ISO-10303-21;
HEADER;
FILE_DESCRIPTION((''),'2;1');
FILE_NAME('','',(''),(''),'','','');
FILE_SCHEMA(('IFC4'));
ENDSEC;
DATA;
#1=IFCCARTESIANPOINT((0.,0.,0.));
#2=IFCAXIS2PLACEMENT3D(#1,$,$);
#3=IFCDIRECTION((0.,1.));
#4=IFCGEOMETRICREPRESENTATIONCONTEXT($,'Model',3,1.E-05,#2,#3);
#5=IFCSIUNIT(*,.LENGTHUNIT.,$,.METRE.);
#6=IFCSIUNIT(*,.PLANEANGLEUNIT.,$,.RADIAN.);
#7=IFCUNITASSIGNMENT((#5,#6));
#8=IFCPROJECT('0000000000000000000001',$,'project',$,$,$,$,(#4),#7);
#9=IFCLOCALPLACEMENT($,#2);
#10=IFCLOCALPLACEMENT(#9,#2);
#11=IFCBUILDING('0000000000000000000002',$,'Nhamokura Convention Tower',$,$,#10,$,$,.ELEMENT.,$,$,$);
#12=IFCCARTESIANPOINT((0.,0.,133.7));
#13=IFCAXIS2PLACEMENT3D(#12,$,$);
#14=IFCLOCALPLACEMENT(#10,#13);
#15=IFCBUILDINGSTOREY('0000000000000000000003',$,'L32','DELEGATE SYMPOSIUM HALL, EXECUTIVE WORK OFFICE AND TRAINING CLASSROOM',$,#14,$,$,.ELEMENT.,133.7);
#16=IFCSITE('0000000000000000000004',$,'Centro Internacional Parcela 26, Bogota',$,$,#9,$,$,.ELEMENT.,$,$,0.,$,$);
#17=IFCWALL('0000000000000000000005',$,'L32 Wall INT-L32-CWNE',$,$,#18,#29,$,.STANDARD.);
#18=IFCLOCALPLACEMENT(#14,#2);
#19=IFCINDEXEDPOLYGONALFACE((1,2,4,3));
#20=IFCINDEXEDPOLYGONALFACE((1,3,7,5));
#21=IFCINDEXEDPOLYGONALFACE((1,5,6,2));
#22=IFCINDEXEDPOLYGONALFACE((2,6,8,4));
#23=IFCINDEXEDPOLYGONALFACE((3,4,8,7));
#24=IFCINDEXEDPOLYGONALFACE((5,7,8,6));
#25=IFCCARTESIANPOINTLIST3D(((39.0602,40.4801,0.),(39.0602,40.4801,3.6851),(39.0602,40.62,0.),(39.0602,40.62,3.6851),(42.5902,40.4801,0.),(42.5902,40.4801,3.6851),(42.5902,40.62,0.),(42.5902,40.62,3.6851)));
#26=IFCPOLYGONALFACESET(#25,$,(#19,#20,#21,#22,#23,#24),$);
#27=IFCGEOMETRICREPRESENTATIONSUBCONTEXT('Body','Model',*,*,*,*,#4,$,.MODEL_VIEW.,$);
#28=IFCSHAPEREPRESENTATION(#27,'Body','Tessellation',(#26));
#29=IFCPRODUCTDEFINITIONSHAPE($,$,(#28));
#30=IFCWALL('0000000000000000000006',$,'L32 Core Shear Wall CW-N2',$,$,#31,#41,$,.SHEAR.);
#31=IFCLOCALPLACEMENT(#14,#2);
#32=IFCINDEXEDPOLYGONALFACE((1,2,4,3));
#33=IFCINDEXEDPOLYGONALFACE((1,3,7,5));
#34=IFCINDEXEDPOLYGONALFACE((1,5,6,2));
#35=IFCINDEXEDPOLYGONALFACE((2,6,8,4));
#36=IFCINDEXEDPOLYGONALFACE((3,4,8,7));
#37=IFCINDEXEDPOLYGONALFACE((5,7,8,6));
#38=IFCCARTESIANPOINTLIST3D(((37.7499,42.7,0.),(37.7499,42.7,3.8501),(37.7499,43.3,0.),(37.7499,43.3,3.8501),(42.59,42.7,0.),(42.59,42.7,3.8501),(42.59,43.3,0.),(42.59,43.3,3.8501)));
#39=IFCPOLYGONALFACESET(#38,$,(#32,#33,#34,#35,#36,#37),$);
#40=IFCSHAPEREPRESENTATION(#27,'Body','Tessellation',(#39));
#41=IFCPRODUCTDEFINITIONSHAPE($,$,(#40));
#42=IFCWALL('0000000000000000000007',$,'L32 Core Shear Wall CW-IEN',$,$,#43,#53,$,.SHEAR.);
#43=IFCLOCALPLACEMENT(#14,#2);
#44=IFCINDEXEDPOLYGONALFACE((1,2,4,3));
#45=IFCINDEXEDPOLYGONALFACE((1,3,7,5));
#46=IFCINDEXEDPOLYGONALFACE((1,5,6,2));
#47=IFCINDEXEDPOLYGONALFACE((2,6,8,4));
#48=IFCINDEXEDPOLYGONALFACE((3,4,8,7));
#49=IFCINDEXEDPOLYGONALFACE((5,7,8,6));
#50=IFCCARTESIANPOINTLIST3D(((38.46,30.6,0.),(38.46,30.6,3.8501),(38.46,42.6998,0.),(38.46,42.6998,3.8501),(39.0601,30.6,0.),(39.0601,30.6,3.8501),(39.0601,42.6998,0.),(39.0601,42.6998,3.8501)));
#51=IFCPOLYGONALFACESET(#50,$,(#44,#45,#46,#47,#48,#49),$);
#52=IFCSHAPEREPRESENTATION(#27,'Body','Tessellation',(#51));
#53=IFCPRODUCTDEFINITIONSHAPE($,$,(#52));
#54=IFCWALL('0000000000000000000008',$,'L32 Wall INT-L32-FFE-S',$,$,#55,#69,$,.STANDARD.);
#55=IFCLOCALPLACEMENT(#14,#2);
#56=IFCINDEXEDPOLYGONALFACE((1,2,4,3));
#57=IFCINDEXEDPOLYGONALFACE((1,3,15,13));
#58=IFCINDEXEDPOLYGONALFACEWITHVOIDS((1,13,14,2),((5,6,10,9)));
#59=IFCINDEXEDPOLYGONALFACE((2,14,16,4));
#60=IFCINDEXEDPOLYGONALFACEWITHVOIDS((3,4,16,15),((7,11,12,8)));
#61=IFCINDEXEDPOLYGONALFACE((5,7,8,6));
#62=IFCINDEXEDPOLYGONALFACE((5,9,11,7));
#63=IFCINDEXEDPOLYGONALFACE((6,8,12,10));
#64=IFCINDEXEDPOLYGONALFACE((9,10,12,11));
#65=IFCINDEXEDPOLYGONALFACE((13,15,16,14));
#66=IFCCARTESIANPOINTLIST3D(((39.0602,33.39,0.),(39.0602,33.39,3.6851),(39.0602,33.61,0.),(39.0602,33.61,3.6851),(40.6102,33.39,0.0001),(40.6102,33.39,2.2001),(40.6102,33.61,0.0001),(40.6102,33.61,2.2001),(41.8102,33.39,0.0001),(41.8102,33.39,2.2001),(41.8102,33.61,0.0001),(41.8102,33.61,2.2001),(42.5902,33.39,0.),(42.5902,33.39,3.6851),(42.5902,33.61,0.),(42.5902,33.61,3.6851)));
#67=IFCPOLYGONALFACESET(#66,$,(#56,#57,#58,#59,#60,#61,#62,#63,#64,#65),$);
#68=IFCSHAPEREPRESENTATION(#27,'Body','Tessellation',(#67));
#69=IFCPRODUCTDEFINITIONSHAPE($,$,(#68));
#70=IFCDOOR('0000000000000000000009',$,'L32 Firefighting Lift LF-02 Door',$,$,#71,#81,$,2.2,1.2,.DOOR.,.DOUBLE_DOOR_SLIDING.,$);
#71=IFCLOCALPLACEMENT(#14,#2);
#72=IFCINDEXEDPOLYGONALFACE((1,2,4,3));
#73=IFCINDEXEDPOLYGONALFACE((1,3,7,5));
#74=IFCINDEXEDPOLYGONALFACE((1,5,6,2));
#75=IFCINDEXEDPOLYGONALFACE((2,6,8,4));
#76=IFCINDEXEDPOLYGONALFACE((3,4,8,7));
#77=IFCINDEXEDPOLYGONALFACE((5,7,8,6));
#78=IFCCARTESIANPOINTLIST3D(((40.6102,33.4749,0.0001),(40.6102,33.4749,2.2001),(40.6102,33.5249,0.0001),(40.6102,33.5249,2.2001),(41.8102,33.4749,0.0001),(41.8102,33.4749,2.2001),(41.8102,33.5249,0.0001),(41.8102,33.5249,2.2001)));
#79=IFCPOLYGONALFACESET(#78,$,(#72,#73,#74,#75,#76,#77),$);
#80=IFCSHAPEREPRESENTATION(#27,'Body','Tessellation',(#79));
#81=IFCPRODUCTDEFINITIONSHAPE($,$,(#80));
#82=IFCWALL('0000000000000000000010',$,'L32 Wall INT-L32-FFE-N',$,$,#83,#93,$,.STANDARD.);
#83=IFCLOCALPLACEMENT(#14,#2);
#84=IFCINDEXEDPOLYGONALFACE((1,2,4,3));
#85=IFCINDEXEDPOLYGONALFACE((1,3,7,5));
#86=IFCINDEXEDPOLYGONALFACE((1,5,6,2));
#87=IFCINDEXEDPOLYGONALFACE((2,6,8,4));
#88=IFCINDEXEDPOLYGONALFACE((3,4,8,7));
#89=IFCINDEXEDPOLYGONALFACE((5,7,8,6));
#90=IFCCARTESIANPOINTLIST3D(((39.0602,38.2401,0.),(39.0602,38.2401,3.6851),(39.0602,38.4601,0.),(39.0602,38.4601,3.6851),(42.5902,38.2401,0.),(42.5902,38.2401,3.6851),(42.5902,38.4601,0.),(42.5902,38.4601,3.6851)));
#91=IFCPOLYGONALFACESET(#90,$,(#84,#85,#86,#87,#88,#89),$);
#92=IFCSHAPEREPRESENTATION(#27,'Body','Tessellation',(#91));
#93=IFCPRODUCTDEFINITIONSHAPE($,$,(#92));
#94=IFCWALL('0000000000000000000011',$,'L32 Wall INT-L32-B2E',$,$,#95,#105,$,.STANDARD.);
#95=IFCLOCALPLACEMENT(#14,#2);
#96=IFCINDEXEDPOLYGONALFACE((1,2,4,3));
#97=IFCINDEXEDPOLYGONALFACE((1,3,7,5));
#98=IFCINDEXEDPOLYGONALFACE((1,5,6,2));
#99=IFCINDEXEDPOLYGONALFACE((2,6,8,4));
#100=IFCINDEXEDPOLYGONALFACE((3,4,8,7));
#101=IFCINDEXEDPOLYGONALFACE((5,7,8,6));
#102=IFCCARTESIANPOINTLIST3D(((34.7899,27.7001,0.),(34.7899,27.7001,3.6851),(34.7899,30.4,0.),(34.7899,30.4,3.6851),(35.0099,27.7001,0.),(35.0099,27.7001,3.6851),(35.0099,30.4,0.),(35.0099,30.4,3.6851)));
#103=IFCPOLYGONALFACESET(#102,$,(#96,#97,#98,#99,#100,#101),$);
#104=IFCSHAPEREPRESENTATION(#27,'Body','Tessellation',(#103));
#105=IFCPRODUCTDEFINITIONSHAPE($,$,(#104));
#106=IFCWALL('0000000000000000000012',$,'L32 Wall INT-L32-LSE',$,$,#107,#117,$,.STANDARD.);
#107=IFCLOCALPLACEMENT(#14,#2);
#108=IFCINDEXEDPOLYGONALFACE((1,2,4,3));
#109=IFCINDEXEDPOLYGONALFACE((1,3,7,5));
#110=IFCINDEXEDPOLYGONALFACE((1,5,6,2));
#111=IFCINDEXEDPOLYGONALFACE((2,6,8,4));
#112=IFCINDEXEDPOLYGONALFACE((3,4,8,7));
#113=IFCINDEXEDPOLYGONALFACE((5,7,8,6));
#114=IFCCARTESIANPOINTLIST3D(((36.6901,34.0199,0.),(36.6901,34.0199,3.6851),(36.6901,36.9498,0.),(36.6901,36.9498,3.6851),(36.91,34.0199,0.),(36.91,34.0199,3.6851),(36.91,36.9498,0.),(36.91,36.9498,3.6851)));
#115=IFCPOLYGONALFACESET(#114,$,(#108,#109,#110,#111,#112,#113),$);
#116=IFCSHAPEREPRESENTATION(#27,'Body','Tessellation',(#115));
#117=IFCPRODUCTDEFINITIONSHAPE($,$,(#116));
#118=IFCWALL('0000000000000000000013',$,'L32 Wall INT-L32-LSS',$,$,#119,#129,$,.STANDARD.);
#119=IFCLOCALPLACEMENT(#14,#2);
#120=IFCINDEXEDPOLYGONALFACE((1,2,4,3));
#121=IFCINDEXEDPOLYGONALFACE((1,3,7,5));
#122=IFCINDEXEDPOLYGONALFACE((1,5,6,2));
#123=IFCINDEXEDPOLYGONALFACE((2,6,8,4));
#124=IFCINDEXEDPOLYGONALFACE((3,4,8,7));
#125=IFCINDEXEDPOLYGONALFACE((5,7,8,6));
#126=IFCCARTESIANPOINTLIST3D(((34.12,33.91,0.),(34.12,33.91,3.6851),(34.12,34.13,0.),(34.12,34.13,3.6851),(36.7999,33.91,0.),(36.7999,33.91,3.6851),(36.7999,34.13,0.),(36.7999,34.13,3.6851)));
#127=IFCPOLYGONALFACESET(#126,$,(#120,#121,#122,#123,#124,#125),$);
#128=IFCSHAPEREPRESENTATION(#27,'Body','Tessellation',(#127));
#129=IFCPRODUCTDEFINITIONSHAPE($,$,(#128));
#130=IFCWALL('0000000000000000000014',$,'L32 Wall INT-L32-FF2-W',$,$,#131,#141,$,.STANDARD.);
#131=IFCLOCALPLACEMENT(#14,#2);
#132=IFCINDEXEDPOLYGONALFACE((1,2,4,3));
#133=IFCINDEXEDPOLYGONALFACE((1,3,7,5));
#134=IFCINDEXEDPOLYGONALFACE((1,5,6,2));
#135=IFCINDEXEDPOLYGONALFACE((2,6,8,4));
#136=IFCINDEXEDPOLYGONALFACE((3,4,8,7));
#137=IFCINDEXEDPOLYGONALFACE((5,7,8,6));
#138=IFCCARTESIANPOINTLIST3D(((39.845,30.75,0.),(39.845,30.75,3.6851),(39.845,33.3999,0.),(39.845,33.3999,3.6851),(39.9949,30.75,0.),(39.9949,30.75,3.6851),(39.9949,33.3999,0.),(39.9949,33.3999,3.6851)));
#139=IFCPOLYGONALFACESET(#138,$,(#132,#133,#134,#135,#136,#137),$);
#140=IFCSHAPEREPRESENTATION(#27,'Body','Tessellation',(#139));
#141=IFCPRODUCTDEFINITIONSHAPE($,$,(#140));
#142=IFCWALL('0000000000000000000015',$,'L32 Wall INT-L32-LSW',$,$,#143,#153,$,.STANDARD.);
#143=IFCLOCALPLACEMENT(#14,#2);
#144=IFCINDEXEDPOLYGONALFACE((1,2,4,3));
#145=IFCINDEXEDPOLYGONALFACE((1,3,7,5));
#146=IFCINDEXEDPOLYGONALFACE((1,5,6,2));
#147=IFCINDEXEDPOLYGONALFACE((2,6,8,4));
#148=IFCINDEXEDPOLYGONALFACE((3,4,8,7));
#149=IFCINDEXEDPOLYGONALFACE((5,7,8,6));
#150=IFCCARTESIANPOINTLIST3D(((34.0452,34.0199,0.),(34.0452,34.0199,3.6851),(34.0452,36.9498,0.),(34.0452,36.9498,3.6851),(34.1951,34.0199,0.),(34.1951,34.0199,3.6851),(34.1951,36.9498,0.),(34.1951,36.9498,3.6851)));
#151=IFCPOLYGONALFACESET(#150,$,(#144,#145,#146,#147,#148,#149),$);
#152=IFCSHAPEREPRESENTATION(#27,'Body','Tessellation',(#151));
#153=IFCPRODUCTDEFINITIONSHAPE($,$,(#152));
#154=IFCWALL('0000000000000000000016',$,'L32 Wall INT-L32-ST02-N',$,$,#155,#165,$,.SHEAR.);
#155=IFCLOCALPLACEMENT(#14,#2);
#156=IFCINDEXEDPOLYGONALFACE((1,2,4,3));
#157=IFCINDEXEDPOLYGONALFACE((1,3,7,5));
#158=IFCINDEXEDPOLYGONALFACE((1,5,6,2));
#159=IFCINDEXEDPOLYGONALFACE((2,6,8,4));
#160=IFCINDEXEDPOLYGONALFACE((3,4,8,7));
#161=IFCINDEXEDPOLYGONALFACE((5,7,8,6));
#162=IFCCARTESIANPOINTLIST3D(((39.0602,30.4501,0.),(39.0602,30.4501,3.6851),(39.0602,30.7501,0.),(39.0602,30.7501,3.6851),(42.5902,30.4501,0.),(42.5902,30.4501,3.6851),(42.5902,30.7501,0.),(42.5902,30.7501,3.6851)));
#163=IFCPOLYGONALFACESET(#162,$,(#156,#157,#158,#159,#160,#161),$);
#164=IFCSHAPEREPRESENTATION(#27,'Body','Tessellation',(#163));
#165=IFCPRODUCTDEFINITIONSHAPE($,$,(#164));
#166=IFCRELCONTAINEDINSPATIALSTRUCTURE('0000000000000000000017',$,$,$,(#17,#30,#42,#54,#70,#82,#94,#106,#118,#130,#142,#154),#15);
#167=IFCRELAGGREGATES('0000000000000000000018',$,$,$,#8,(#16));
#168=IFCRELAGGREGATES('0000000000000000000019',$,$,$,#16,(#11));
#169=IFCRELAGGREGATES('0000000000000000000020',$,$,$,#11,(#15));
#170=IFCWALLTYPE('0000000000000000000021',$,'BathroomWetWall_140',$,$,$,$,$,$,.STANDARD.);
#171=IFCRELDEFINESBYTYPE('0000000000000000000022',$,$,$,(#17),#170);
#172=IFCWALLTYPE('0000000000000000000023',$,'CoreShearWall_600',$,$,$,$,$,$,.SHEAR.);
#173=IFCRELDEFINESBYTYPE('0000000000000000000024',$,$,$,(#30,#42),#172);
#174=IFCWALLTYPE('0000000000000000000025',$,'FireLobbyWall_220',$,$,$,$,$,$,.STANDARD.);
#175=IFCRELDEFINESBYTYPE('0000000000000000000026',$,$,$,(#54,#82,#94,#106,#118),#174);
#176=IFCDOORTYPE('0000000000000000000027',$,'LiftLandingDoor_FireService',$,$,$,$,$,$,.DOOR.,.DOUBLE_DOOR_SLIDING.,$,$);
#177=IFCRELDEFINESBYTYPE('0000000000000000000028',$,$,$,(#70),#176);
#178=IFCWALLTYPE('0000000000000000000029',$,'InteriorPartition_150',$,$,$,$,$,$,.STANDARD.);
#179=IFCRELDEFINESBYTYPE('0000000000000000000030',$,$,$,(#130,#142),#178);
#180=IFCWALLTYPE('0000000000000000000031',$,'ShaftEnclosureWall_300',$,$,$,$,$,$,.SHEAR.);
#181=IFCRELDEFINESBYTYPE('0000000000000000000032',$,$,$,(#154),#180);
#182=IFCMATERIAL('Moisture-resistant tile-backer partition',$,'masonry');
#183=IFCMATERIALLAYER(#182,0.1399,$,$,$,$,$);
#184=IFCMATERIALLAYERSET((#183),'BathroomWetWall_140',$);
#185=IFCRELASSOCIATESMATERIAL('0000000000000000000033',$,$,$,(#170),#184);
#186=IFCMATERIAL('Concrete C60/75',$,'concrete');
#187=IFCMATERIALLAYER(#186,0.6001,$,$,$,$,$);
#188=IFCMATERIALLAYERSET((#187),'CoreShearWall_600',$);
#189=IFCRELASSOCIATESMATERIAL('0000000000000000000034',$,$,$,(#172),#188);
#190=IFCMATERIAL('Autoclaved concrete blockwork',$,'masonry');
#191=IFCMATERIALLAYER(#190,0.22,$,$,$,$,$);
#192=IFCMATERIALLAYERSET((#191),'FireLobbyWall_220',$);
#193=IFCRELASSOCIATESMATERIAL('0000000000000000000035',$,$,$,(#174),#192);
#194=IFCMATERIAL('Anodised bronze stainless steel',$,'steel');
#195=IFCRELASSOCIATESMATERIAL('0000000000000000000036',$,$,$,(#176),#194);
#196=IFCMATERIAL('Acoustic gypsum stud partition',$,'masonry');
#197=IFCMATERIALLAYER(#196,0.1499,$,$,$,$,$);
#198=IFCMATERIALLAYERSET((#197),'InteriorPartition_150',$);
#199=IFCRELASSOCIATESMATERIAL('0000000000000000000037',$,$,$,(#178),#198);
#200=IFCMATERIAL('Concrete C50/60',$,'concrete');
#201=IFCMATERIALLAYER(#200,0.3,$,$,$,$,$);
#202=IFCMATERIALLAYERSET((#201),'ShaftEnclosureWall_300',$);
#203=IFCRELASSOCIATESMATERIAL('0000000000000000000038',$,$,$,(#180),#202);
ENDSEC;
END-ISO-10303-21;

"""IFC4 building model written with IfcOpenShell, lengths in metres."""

from ifc_helpers import new_model, si_unit, direction, frame, frame_2d, origin, place, context, subcontext, project, spatial, rectangle, extrude, material, layer, layer_set, type_object, element, fill, save


model = new_model("IFC4")

# Units and contexts
model_context = context("Model", 3, precision=1e-05, world=origin(), true_north=direction((0.0, 1.0)))
body_context = subcontext(model_context, "Body", "Model", "MODEL_VIEW")
ifc_project = project(units=[si_unit("LENGTHUNIT", "METRE"), si_unit("PLANEANGLEUNIT", "RADIAN")], contexts=[model_context])

# Site, building, storey
site_placement = place(None, origin())
site = spatial("IfcSite", under=ifc_project, at=site_placement, Name="Centro Internacional Parcela 26, Bogota", CompositionType="ELEMENT", RefElevation=0.0)
building_placement = place(site_placement, origin())
building = spatial("IfcBuilding", under=site, at=building_placement, Name="Nhamokura Convention Tower", CompositionType="ELEMENT")
storey_placement = place(building_placement, frame((0.0, 0.0, 133.7)))
storey = spatial("IfcBuildingStorey", under=building, at=storey_placement, Name="L32", Description="DELEGATE SYMPOSIUM HALL, EXECUTIVE WORK OFFICE AND TRAINING CLASSROOM", CompositionType="ELEMENT", Elevation=133.7)

# Wall
ifc_material_1 = material(Name="Moisture-resistant tile-backer partition", Category="masonry")
ifc_layer_1 = layer(ifc_material_1, 0.1399)
ifc_layer_set_1 = layer_set([ifc_layer_1], Name="BathroomWetWall_140")
wall_type_1 = type_object("IfcWallType", Name="BathroomWetWall_140", PredefinedType="STANDARD", material=ifc_layer_set_1)
wall_1_placement = place(storey_placement, frame((39.0601, 40.55, 0.0), z_axis=(0.0, 0.0, 1.0), x_axis=(1.0, 0.0, 0.0)))
element("IfcWall", 1, at=wall_1_placement, inside=storey, type_object=wall_type_1, Name="L32 Wall INT-L32-CWNE", PredefinedType="STANDARD", context=body_context, shape_type="SweptSolid", body=[
    extrude(rectangle(XDim=3.53, YDim=0.1399, at=frame_2d((1.7651, 0.0))), origin(), (0.0, 0.0, 1.0), 3.6851),
])

# Shared definitions
ifc_material_2 = material(Name="Concrete C60/75", Category="concrete")
ifc_layer_2 = layer(ifc_material_2, 0.6001)
ifc_layer_set_2 = layer_set([ifc_layer_2], Name="CoreShearWall_600")
wall_type_2 = type_object("IfcWallType", Name="CoreShearWall_600", PredefinedType="SHEAR", material=ifc_layer_set_2)

# Walls
wall_2_placement = place(storey_placement, frame((37.75, 43.0, 0.0), z_axis=(0.0, 0.0, 1.0), x_axis=(1.0, 0.0, 0.0)))
element("IfcWall", 2, at=wall_2_placement, inside=storey, type_object=wall_type_2, Name="L32 Core Shear Wall CW-N2", PredefinedType="SHEAR", context=body_context, shape_type="SweptSolid", body=[
    extrude(rectangle(XDim=4.8401, YDim=0.6001, at=frame_2d((2.4199, 0.0))), origin(), (0.0, 0.0, 1.0), 3.8501),
])
wall_3_placement = place(storey_placement, frame((38.76, 30.6001, 0.0), z_axis=(0.0, 0.0, 1.0), x_axis=(0.0, 1.0, 0.0)))
element("IfcWall", 3, at=wall_3_placement, inside=storey, type_object=wall_type_2, Name="L32 Core Shear Wall CW-IEN", PredefinedType="SHEAR", context=body_context, shape_type="SweptSolid", body=[
    extrude(rectangle(XDim=12.0999, YDim=0.6001, at=frame_2d((6.0498, 0.0))), origin(), (0.0, 0.0, 1.0), 3.8501),
])

# Wall, opening, door
ifc_material_3 = material(Name="Autoclaved concrete blockwork", Category="masonry")
ifc_layer_3 = layer(ifc_material_3, 0.22)
ifc_layer_set_3 = layer_set([ifc_layer_3], Name="FireLobbyWall_220")
wall_type_3 = type_object("IfcWallType", Name="FireLobbyWall_220", PredefinedType="STANDARD", material=ifc_layer_set_3)
wall_4_placement = place(storey_placement, frame((39.0601, 33.5, 0.0), z_axis=(0.0, 0.0, 1.0), x_axis=(1.0, 0.0, 0.0)))
wall_4 = element("IfcWall", 4, at=wall_4_placement, inside=storey, type_object=wall_type_3, Name="L32 Wall INT-L32-FFE-S", PredefinedType="STANDARD", context=body_context, shape_type="SweptSolid", body=[
    extrude(rectangle(XDim=3.53, YDim=0.22, at=frame_2d((1.7651, 0.0))), origin(), (0.0, 0.0, 1.0), 3.6851),
])
opening_1_placement = place(wall_4_placement, frame((1.55, 0.0, 0.0)))
opening_1 = element("IfcOpeningElement", 5, at=opening_1_placement, cuts=wall_4, PredefinedType="OPENING", context=body_context, shape_type="SweptSolid", body=[
    extrude(rectangle(XDim=1.2, YDim=2.2, at=frame_2d((0.6001, 1.1001))), frame((0.0, 0.1199, 0.0), z_axis=(0.0, -1.0, 0.0), x_axis=(1.0, 0.0, 0.0)), (0.0, 0.0, 1.0), 0.24),
])
ifc_material_4 = material(Name="Anodised bronze stainless steel", Category="steel")
door_type_1 = type_object("IfcDoorType", Name="LiftLandingDoor_FireService", OperationType="DOUBLE_DOOR_SLIDING", PredefinedType="DOOR", material=ifc_material_4)
door_1_placement = place(opening_1_placement, origin())
door_1 = element("IfcDoor", 6, at=door_1_placement, inside=storey, type_object=door_type_1, Name="L32 Firefighting Lift LF-02 Door", OperationType="DOUBLE_DOOR_SLIDING", OverallHeight=2.2, OverallWidth=1.2, PredefinedType="DOOR", context=body_context, shape_type="SweptSolid", body=[
    extrude(rectangle(XDim=1.2, YDim=2.2, at=frame_2d((0.6001, 1.1001))), frame((0.0, 0.0249, 0.0), z_axis=(0.0, -1.0, 0.0), x_axis=(1.0, 0.0, 0.0)), (0.0, 0.0, 1.0), 0.05),
])
fill(opening_1, door_1)

# Walls
wall_5_placement = place(storey_placement, frame((39.0601, 38.3501, 0.0), z_axis=(0.0, 0.0, 1.0), x_axis=(1.0, 0.0, 0.0)))
element("IfcWall", 7, at=wall_5_placement, inside=storey, type_object=wall_type_3, Name="L32 Wall INT-L32-FFE-N", PredefinedType="STANDARD", context=body_context, shape_type="SweptSolid", body=[
    extrude(rectangle(XDim=3.53, YDim=0.22, at=frame_2d((1.7651, 0.0))), origin(), (0.0, 0.0, 1.0), 3.6851),
])
wall_6_placement = place(storey_placement, frame((34.8999, 27.7, 0.0), z_axis=(0.0, 0.0, 1.0), x_axis=(0.0, 1.0, 0.0)))
element("IfcWall", 8, at=wall_6_placement, inside=storey, type_object=wall_type_3, Name="L32 Wall INT-L32-B2E", PredefinedType="STANDARD", context=body_context, shape_type="SweptSolid", body=[
    extrude(rectangle(XDim=2.7, YDim=0.22, at=frame_2d((1.3501, 0.0))), origin(), (0.0, 0.0, 1.0), 3.6851),
])
wall_7_placement = place(storey_placement, frame((36.8, 34.02, 0.0), z_axis=(0.0, 0.0, 1.0), x_axis=(0.0, 1.0, 0.0)))
element("IfcWall", 9, at=wall_7_placement, inside=storey, type_object=wall_type_3, Name="L32 Wall INT-L32-LSE", PredefinedType="STANDARD", context=body_context, shape_type="SweptSolid", body=[
    extrude(rectangle(XDim=2.9299, YDim=0.22, at=frame_2d((1.4648, 0.0))), origin(), (0.0, 0.0, 1.0), 3.6851),
])
wall_8_placement = place(storey_placement, frame((34.1201, 34.02, 0.0), z_axis=(0.0, 0.0, 1.0), x_axis=(1.0, 0.0, 0.0)))
element("IfcWall", 10, at=wall_8_placement, inside=storey, type_object=wall_type_3, Name="L32 Wall INT-L32-LSS", PredefinedType="STANDARD", context=body_context, shape_type="SweptSolid", body=[
    extrude(rectangle(XDim=2.6799, YDim=0.22, at=frame_2d((1.3398, 0.0))), origin(), (0.0, 0.0, 1.0), 3.6851),
])
ifc_material_5 = material(Name="Acoustic gypsum stud partition", Category="masonry")
ifc_layer_4 = layer(ifc_material_5, 0.1499)
ifc_layer_set_4 = layer_set([ifc_layer_4], Name="InteriorPartition_150")
wall_type_4 = type_object("IfcWallType", Name="InteriorPartition_150", PredefinedType="STANDARD", material=ifc_layer_set_4)
wall_9_placement = place(storey_placement, frame((39.9199, 30.75, 0.0), z_axis=(0.0, 0.0, 1.0), x_axis=(0.0, 1.0, 0.0)))
element("IfcWall", 11, at=wall_9_placement, inside=storey, type_object=wall_type_4, Name="L32 Wall INT-L32-FF2-W", PredefinedType="STANDARD", context=body_context, shape_type="SweptSolid", body=[
    extrude(rectangle(XDim=2.6499, YDim=0.1499, at=frame_2d((1.325, 0.0))), origin(), (0.0, 0.0, 1.0), 3.6851),
])
wall_10_placement = place(storey_placement, frame((34.1201, 34.02, 0.0), z_axis=(0.0, 0.0, 1.0), x_axis=(0.0, 1.0, 0.0)))
element("IfcWall", 12, at=wall_10_placement, inside=storey, type_object=wall_type_4, Name="L32 Wall INT-L32-LSW", PredefinedType="STANDARD", context=body_context, shape_type="SweptSolid", body=[
    extrude(rectangle(XDim=2.9299, YDim=0.1499, at=frame_2d((1.4648, 0.0))), origin(), (0.0, 0.0, 1.0), 3.6851),
])
ifc_material_6 = material(Name="Concrete C50/60", Category="concrete")
ifc_layer_5 = layer(ifc_material_6, 0.3)
ifc_layer_set_5 = layer_set([ifc_layer_5], Name="ShaftEnclosureWall_300")
wall_type_5 = type_object("IfcWallType", Name="ShaftEnclosureWall_300", PredefinedType="SHEAR", material=ifc_layer_set_5)
wall_11_placement = place(storey_placement, frame((39.0601, 30.6001, 0.0), z_axis=(0.0, 0.0, 1.0), x_axis=(1.0, 0.0, 0.0)))
element("IfcWall", 13, at=wall_11_placement, inside=storey, type_object=wall_type_5, Name="L32 Wall INT-L32-ST02-N", PredefinedType="SHEAR", context=body_context, shape_type="SweptSolid", body=[
    extrude(rectangle(XDim=3.53, YDim=0.3, at=frame_2d((1.7651, 0.0))), origin(), (0.0, 0.0, 1.0), 3.6851),
])

save(model, "model.ifc")
